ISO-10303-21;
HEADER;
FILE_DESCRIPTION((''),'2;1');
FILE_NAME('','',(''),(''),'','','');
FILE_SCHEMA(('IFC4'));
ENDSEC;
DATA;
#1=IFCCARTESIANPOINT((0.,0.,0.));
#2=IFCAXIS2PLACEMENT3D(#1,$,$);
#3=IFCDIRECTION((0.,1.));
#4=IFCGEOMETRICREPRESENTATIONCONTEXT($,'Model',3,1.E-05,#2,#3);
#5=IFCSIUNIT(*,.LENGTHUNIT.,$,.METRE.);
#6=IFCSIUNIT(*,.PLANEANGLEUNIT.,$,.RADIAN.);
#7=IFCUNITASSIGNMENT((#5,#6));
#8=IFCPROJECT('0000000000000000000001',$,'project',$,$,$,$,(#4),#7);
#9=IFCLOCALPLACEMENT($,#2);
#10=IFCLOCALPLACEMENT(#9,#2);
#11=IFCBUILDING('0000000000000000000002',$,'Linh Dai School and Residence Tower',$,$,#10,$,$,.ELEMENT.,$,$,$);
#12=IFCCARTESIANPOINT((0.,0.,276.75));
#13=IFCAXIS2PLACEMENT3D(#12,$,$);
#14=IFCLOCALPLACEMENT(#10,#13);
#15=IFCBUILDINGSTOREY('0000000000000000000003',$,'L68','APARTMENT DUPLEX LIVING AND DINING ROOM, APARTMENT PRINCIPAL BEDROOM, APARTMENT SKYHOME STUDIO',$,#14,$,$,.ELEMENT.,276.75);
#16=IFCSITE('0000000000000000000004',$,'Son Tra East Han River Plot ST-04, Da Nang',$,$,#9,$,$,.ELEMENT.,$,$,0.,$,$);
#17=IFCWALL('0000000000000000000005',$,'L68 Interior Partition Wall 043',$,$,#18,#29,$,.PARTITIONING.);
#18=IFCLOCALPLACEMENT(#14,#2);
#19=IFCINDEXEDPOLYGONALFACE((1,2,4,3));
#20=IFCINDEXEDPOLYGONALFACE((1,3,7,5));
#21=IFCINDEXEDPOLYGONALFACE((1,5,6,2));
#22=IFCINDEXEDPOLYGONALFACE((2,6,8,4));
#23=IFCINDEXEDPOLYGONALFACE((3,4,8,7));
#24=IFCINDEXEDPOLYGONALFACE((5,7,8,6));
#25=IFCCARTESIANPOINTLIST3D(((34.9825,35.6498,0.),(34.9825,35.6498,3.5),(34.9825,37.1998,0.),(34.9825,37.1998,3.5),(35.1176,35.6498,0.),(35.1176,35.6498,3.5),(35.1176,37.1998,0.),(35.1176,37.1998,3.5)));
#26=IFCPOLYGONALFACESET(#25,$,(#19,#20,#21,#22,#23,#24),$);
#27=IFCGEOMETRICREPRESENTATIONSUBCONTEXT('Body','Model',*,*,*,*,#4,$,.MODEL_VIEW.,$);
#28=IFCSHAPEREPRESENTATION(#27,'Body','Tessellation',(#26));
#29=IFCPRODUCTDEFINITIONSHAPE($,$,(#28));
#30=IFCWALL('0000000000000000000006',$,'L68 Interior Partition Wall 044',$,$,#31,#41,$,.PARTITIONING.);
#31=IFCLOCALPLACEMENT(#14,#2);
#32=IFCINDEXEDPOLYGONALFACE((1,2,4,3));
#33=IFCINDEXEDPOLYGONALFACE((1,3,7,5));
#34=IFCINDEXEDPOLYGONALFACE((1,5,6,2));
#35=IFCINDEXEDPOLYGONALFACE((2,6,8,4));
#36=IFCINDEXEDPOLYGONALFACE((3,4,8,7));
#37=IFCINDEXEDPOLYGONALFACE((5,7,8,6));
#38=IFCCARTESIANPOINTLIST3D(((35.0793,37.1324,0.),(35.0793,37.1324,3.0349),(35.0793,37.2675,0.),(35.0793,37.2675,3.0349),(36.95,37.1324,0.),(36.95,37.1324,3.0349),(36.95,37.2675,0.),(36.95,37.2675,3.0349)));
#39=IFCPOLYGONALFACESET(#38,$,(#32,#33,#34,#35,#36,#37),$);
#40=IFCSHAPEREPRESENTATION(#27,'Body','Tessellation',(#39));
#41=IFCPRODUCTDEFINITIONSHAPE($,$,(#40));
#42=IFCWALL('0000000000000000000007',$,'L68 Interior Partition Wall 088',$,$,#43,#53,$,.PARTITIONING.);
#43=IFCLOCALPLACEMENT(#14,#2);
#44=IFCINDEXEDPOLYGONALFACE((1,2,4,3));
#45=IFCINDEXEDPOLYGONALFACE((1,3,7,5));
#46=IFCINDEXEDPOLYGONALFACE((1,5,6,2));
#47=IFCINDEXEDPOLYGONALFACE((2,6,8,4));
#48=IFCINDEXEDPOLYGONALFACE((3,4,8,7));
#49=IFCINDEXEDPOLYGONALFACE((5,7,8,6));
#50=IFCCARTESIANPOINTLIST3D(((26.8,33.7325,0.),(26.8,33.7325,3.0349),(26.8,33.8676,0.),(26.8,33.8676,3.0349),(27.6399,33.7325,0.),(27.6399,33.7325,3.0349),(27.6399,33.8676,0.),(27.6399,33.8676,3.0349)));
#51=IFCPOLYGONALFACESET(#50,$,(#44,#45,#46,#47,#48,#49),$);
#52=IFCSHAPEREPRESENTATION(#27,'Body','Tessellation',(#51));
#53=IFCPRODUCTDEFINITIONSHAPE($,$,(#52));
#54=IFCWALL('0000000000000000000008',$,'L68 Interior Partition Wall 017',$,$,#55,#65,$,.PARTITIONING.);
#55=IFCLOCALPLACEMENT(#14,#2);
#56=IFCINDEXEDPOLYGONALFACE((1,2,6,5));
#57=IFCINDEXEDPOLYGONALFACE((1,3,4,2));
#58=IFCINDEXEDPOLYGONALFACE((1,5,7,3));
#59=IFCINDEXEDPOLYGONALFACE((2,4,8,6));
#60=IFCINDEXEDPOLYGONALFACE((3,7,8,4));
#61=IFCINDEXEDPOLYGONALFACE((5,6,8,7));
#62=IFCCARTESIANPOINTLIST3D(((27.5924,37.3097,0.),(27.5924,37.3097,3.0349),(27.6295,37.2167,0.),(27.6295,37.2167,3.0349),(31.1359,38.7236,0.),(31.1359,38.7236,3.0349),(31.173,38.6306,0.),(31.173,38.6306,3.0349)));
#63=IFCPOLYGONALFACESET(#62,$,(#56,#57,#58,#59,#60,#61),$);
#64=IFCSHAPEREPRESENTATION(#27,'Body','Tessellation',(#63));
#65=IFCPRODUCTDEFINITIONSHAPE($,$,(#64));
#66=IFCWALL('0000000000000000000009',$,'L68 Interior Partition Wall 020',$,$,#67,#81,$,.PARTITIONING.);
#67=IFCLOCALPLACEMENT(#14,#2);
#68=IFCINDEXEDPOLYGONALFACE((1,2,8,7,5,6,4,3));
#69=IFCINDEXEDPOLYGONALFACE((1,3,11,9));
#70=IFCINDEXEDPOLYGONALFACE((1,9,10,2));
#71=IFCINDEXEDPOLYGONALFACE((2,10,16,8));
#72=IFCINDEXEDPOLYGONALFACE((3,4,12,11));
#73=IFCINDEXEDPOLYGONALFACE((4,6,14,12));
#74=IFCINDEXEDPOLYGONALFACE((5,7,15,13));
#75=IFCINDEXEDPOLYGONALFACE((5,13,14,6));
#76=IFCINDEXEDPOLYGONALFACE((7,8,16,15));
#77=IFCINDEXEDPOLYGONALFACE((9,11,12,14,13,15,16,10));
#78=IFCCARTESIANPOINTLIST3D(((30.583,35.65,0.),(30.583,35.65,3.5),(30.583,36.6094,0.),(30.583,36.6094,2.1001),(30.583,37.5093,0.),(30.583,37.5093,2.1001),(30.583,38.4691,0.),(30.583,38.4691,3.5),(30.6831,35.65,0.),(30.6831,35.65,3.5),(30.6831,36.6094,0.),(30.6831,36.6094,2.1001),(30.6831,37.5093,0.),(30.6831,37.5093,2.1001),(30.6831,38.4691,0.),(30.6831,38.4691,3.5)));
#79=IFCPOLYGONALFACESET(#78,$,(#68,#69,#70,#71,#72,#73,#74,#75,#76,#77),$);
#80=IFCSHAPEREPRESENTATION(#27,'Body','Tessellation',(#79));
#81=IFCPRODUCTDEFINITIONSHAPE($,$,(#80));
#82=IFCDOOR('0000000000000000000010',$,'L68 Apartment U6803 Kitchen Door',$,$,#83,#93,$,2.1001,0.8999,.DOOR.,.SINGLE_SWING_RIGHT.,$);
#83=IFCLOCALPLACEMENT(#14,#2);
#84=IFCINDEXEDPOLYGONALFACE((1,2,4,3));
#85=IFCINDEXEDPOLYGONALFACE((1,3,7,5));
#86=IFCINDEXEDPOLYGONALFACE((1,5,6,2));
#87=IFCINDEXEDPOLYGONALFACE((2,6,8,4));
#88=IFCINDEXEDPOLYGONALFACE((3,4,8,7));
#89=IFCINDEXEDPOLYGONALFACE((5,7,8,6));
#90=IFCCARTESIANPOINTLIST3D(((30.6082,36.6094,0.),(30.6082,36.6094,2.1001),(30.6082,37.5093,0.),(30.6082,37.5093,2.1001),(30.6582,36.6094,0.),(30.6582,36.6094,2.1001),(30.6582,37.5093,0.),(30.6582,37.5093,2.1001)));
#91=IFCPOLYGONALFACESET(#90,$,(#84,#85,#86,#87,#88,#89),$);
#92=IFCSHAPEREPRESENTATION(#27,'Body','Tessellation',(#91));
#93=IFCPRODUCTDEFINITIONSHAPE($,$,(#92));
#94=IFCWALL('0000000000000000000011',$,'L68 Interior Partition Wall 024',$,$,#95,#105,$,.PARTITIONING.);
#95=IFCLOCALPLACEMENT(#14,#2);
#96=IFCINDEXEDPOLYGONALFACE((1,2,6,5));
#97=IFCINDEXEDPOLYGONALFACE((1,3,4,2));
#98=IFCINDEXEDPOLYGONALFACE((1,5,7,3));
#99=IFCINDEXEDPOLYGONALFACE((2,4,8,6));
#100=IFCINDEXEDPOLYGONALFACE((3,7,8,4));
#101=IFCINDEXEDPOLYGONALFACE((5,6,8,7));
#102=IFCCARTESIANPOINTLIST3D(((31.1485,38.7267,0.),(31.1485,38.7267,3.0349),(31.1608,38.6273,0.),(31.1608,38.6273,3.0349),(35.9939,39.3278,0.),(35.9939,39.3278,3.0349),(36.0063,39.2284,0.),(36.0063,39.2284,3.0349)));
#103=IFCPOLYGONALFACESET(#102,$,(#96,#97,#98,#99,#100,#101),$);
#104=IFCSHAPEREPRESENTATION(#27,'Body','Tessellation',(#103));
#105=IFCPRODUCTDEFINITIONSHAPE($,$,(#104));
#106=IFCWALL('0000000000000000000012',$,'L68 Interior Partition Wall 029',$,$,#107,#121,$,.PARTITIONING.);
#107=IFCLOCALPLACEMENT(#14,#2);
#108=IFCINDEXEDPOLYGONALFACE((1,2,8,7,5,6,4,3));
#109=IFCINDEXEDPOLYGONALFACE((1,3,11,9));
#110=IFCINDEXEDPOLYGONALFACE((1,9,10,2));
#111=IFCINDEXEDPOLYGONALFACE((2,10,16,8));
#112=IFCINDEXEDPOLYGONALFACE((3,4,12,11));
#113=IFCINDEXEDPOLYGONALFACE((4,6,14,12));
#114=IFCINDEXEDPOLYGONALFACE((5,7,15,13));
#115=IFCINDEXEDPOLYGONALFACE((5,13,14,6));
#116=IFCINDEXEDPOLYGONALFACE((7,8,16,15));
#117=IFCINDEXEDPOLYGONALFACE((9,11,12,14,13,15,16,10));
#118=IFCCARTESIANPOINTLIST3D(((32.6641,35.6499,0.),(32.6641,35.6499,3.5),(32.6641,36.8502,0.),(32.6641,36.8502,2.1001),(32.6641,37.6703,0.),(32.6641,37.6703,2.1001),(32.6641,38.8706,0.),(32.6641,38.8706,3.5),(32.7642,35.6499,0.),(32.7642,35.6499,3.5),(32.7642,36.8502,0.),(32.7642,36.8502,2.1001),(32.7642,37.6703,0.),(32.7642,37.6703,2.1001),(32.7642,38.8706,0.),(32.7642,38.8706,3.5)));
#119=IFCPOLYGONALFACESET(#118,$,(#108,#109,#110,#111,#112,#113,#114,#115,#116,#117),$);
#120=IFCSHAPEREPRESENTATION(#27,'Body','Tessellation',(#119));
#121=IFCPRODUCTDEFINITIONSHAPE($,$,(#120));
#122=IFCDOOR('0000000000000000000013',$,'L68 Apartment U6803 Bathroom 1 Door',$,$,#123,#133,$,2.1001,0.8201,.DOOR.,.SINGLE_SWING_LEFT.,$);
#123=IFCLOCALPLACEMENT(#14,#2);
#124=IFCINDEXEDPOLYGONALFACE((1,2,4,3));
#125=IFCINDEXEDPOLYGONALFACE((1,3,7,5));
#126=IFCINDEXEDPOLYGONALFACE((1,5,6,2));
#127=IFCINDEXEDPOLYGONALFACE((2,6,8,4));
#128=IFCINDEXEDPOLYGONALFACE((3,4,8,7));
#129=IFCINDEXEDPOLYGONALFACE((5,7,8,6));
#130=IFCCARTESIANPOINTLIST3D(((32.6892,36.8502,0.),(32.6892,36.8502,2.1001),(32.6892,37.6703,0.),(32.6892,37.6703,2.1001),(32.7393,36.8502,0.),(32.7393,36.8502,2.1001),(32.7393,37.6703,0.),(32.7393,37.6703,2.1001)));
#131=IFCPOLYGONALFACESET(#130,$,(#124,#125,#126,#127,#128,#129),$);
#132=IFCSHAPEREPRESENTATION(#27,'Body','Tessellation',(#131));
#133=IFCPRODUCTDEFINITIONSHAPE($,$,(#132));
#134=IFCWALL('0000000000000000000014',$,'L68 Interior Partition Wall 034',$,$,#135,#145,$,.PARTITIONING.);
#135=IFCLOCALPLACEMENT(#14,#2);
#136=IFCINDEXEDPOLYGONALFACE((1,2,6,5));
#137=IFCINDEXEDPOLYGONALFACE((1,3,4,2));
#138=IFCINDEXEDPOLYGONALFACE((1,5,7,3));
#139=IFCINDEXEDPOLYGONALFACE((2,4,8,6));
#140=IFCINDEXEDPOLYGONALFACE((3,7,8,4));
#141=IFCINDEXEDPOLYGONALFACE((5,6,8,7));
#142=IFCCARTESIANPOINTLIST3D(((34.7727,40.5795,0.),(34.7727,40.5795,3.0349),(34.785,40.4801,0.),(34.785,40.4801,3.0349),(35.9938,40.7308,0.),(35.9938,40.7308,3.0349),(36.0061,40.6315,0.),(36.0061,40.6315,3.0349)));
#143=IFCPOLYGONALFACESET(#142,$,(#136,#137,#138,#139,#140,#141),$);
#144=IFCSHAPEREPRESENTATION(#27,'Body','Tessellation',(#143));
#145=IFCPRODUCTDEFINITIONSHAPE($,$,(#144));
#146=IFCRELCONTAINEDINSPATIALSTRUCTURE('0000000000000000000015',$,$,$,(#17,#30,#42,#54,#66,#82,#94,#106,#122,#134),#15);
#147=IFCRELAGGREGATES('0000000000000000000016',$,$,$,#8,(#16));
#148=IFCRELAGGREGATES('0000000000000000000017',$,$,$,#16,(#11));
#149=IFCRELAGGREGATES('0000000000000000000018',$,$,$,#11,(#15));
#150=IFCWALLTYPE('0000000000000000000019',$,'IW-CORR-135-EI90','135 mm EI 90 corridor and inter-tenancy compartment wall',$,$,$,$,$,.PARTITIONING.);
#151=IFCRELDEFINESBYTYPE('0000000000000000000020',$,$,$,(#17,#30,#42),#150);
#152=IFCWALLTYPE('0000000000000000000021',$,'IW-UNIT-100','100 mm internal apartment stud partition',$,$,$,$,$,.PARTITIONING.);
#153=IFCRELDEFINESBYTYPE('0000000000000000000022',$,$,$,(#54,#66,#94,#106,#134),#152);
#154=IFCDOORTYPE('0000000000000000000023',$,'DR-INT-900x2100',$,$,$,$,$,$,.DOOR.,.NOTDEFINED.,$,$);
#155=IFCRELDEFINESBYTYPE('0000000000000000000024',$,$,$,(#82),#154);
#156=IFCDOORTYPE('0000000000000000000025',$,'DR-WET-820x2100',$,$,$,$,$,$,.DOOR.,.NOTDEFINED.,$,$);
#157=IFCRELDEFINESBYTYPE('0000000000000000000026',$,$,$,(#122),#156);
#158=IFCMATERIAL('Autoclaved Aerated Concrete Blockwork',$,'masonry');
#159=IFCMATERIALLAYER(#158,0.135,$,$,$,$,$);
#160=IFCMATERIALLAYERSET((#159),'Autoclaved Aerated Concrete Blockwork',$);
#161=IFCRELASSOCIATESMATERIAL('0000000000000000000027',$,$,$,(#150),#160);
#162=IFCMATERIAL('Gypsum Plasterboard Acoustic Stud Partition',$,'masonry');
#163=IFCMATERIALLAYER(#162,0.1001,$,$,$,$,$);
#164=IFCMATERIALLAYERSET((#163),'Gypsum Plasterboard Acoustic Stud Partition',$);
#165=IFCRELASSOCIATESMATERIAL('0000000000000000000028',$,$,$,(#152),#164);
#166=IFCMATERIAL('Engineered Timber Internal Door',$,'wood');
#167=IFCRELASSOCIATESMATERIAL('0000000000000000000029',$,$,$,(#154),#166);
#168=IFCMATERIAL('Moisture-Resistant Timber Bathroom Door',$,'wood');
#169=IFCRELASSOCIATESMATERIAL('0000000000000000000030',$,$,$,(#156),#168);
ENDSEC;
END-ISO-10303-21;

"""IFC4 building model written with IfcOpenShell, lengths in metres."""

from ifc_helpers import new_model, si_unit, direction, frame, frame_2d, origin, origin_2d, place, context, subcontext, project, spatial, rectangle, extrude, source, transform, mapped, material, layer, layer_set, type_object, element, fill, save


model = new_model("IFC4")

# Units and contexts
model_context = context("Model", 3, precision=1e-05, world=origin(), true_north=direction((0.0, 1.0)))
body_context = subcontext(model_context, "Body", "Model", "MODEL_VIEW")
ifc_project = project(units=[si_unit("LENGTHUNIT", "METRE"), si_unit("PLANEANGLEUNIT", "RADIAN")], contexts=[model_context])

# Site, building, storey
site_placement = place(None, origin())
site = spatial("IfcSite", under=ifc_project, at=site_placement, Name="Son Tra East Han River Plot ST-04, Da Nang", CompositionType="ELEMENT", RefElevation=0.0)
building_placement = place(site_placement, origin())
building = spatial("IfcBuilding", under=site, at=building_placement, Name="Linh Dai School and Residence Tower", CompositionType="ELEMENT")
storey_placement = place(building_placement, frame((0.0, 0.0, 276.75)))
storey = spatial("IfcBuildingStorey", under=building, at=storey_placement, Name="L68", Description="APARTMENT DUPLEX LIVING AND DINING ROOM, APARTMENT PRINCIPAL BEDROOM, APARTMENT SKYHOME STUDIO", CompositionType="ELEMENT", Elevation=276.75)

# Walls
ifc_material_1 = material(Name="Autoclaved Aerated Concrete Blockwork", Category="masonry")
ifc_layer_1 = layer(ifc_material_1, 0.135)
ifc_layer_set_1 = layer_set([ifc_layer_1], Name="Autoclaved Aerated Concrete Blockwork")
wall_type_1 = type_object("IfcWallType", Name="IW-CORR-135-EI90", Description="135 mm EI 90 corridor and inter-tenancy compartment wall", PredefinedType="PARTITIONING", material=ifc_layer_set_1)
wall_1_placement = place(storey_placement, frame((35.05, 35.6499, 0.0), z_axis=(0.0, 0.0, 1.0), x_axis=(0.0, 1.0, 0.0)))
element("IfcWall", 1, at=wall_1_placement, inside=storey, type_object=wall_type_1, Name="L68 Interior Partition Wall 043", PredefinedType="PARTITIONING", context=body_context, shape_type="SweptSolid", body=[
    extrude(rectangle(XDim=1.55, YDim=0.135, at=frame_2d((0.7749, 0.0))), origin(), (0.0, 0.0, 1.0), 3.5),
])
wall_2_placement = place(storey_placement, frame((35.0793, 37.2, 0.0), z_axis=(0.0, 0.0, 1.0), x_axis=(1.0, 0.0, 0.0)))
element("IfcWall", 2, at=wall_2_placement, inside=storey, type_object=wall_type_1, Name="L68 Interior Partition Wall 044", PredefinedType="PARTITIONING", context=body_context, shape_type="SweptSolid", body=[
    extrude(rectangle(XDim=1.8706, YDim=0.135, at=frame_2d((0.9353, 0.0))), origin(), (0.0, 0.0, 1.0), 3.0349),
])
wall_3_placement = place(storey_placement, frame((27.6399, 33.8, 0.0), z_axis=(0.0, 0.0, 1.0), x_axis=(-1.0, 0.0, 0.0)))
element("IfcWall", 3, at=wall_3_placement, inside=storey, type_object=wall_type_1, Name="L68 Interior Partition Wall 088", PredefinedType="PARTITIONING", context=body_context, shape_type="SweptSolid", body=[
    extrude(rectangle(XDim=0.8398, YDim=0.135, at=frame_2d((0.4199, 0.0))), origin(), (0.0, 0.0, 1.0), 3.0349),
])
ifc_material_2 = material(Name="Gypsum Plasterboard Acoustic Stud Partition", Category="masonry")
ifc_layer_2 = layer(ifc_material_2, 0.1001)
ifc_layer_set_2 = layer_set([ifc_layer_2], Name="Gypsum Plasterboard Acoustic Stud Partition")
wall_type_2 = type_object("IfcWallType", Name="IW-UNIT-100", Description="100 mm internal apartment stud partition", PredefinedType="PARTITIONING", material=ifc_layer_set_2)
wall_4_placement = place(storey_placement, frame((27.6108, 37.2632, 0.0), z_axis=(0.0, 0.0, 1.0), x_axis=(0.928799, 0.370585, 0.0)))
element("IfcWall", 4, at=wall_4_placement, inside=storey, type_object=wall_type_2, Name="L68 Interior Partition Wall 017", PredefinedType="PARTITIONING", context=body_context, shape_type="SweptSolid", body=[
    extrude(rectangle(XDim=3.8152, YDim=0.1001, at=frame_2d((1.9077, 0.0))), origin(), (0.0, 0.0, 1.0), 3.0349),
])

# Wall, opening, door
wall_5_placement = place(storey_placement, frame((30.6331, 35.6499, 0.0), z_axis=(0.0, 0.0, 1.0), x_axis=(0.0, 1.0, 0.0)))
wall_5 = element("IfcWall", 5, at=wall_5_placement, inside=storey, type_object=wall_type_2, Name="L68 Interior Partition Wall 020", PredefinedType="PARTITIONING", context=body_context, shape_type="SweptSolid", body=[
    extrude(rectangle(XDim=2.8191, YDim=0.1001, at=frame_2d((1.4097, 0.0))), origin(), (0.0, 0.0, 1.0), 3.5),
])
opening_1_placement = place(wall_5_placement, frame((0.9595, 0.0, 0.0)))
opening_1 = element("IfcOpeningElement", 6, at=opening_1_placement, cuts=wall_5, PredefinedType="OPENING", context=body_context, shape_type="SweptSolid", body=[
    extrude(rectangle(XDim=0.8999, YDim=2.1001, at=origin_2d()), frame((0.45, 0.0601, 1.05), z_axis=(0.0, -1.0, 0.0), x_axis=(1.0, 0.0, 0.0)), (0.0, 0.0, 1.0), 0.1201),
])
ifc_material_3 = material(Name="Engineered Timber Internal Door", Category="wood")
door_type_1 = type_object("IfcDoorType", Name="DR-INT-900x2100", OperationType="NOTDEFINED", PredefinedType="DOOR", material=ifc_material_3)
shared_shape_1 = source(origin(), body_context, "Body", "SweptSolid", [
    extrude(rectangle(XDim=0.8999, YDim=2.1001, at=origin_2d()), frame((0.45, 0.0249, 1.05), z_axis=(0.0, -1.0, 0.0), x_axis=(1.0, 0.0, 0.0)), (0.0, 0.0, 1.0), 0.05),
])
door_1_placement = place(opening_1_placement, origin())
door_1 = element("IfcDoor", 7, at=door_1_placement, inside=storey, type_object=door_type_1, Name="L68 Apartment U6803 Kitchen Door", OperationType="SINGLE_SWING_RIGHT", OverallHeight=2.1001, OverallWidth=0.8999, PredefinedType="DOOR", context=body_context, shape_type="MappedRepresentation", body=[
    mapped(shared_shape_1, transform((0.0, 0.0, 0.0), x_axis=(1.0, 0.0, 0.0), y_axis=(0.0, 1.0, 0.0), z_axis=(0.0, 0.0, 1.0), scale=1.0)),
])
fill(opening_1, door_1)

# Wall
wall_6_placement = place(storey_placement, frame((31.1545, 38.677, 0.0), z_axis=(0.0, 0.0, 1.0), x_axis=(0.992394, 0.123105, 0.0)))
element("IfcWall", 8, at=wall_6_placement, inside=storey, type_object=wall_type_2, Name="L68 Interior Partition Wall 024", PredefinedType="PARTITIONING", context=body_context, shape_type="SweptSolid", body=[
    extrude(rectangle(XDim=4.8826, YDim=0.1001, at=frame_2d((2.4414, 0.0))), origin(), (0.0, 0.0, 1.0), 3.0349),
])

# Wall, opening, door
wall_7_placement = place(storey_placement, frame((32.7141, 35.6499, 0.0), z_axis=(0.0, 0.0, 1.0), x_axis=(0.0, 1.0, 0.0)))
wall_7 = element("IfcWall", 9, at=wall_7_placement, inside=storey, type_object=wall_type_2, Name="L68 Interior Partition Wall 029", PredefinedType="PARTITIONING", context=body_context, shape_type="SweptSolid", body=[
    extrude(rectangle(XDim=3.2207, YDim=0.1001, at=frame_2d((1.6104, 0.0))), origin(), (0.0, 0.0, 1.0), 3.5),
])
opening_2_placement = place(wall_7_placement, frame((1.2002, 0.0, 0.0)))
opening_2 = element("IfcOpeningElement", 10, at=opening_2_placement, cuts=wall_7, PredefinedType="OPENING", context=body_context, shape_type="SweptSolid", body=[
    extrude(rectangle(XDim=0.8201, YDim=2.1001, at=origin_2d()), frame((0.4102, 0.0601, 1.05), z_axis=(0.0, -1.0, 0.0), x_axis=(1.0, 0.0, 0.0)), (0.0, 0.0, 1.0), 0.1201),
])
ifc_material_4 = material(Name="Moisture-Resistant Timber Bathroom Door", Category="wood")
door_type_2 = type_object("IfcDoorType", Name="DR-WET-820x2100", OperationType="NOTDEFINED", PredefinedType="DOOR", material=ifc_material_4)
shared_shape_2 = source(origin(), body_context, "Body", "SweptSolid", [
    extrude(rectangle(XDim=0.8201, YDim=2.1001, at=origin_2d()), frame((0.4102, 0.0249, 1.05), z_axis=(0.0, -1.0, 0.0), x_axis=(1.0, 0.0, 0.0)), (0.0, 0.0, 1.0), 0.05),
])
door_2_placement = place(opening_2_placement, origin())
door_2 = element("IfcDoor", 11, at=door_2_placement, inside=storey, type_object=door_type_2, Name="L68 Apartment U6803 Bathroom 1 Door", OperationType="SINGLE_SWING_LEFT", OverallHeight=2.1001, OverallWidth=0.8201, PredefinedType="DOOR", context=body_context, shape_type="MappedRepresentation", body=[
    mapped(shared_shape_2, transform((0.0, 0.0, 0.0), x_axis=(1.0, 0.0, 0.0), y_axis=(0.0, 1.0, 0.0), z_axis=(0.0, 0.0, 1.0), scale=1.0)),
])
fill(opening_2, door_2)

# Wall
wall_8_placement = place(storey_placement, frame((34.7788, 40.5298, 0.0), z_axis=(0.0, 0.0, 1.0), x_axis=(0.992406, 0.123009, 0.0)))
element("IfcWall", 12, at=wall_8_placement, inside=storey, type_object=wall_type_2, Name="L68 Interior Partition Wall 034", PredefinedType="PARTITIONING", context=body_context, shape_type="SweptSolid", body=[
    extrude(rectangle(XDim=1.2305, YDim=0.1001, at=frame_2d((0.6152, 0.0))), origin(), (0.0, 0.0, 1.0), 3.0349),
])

save(model, "model.ifc")
